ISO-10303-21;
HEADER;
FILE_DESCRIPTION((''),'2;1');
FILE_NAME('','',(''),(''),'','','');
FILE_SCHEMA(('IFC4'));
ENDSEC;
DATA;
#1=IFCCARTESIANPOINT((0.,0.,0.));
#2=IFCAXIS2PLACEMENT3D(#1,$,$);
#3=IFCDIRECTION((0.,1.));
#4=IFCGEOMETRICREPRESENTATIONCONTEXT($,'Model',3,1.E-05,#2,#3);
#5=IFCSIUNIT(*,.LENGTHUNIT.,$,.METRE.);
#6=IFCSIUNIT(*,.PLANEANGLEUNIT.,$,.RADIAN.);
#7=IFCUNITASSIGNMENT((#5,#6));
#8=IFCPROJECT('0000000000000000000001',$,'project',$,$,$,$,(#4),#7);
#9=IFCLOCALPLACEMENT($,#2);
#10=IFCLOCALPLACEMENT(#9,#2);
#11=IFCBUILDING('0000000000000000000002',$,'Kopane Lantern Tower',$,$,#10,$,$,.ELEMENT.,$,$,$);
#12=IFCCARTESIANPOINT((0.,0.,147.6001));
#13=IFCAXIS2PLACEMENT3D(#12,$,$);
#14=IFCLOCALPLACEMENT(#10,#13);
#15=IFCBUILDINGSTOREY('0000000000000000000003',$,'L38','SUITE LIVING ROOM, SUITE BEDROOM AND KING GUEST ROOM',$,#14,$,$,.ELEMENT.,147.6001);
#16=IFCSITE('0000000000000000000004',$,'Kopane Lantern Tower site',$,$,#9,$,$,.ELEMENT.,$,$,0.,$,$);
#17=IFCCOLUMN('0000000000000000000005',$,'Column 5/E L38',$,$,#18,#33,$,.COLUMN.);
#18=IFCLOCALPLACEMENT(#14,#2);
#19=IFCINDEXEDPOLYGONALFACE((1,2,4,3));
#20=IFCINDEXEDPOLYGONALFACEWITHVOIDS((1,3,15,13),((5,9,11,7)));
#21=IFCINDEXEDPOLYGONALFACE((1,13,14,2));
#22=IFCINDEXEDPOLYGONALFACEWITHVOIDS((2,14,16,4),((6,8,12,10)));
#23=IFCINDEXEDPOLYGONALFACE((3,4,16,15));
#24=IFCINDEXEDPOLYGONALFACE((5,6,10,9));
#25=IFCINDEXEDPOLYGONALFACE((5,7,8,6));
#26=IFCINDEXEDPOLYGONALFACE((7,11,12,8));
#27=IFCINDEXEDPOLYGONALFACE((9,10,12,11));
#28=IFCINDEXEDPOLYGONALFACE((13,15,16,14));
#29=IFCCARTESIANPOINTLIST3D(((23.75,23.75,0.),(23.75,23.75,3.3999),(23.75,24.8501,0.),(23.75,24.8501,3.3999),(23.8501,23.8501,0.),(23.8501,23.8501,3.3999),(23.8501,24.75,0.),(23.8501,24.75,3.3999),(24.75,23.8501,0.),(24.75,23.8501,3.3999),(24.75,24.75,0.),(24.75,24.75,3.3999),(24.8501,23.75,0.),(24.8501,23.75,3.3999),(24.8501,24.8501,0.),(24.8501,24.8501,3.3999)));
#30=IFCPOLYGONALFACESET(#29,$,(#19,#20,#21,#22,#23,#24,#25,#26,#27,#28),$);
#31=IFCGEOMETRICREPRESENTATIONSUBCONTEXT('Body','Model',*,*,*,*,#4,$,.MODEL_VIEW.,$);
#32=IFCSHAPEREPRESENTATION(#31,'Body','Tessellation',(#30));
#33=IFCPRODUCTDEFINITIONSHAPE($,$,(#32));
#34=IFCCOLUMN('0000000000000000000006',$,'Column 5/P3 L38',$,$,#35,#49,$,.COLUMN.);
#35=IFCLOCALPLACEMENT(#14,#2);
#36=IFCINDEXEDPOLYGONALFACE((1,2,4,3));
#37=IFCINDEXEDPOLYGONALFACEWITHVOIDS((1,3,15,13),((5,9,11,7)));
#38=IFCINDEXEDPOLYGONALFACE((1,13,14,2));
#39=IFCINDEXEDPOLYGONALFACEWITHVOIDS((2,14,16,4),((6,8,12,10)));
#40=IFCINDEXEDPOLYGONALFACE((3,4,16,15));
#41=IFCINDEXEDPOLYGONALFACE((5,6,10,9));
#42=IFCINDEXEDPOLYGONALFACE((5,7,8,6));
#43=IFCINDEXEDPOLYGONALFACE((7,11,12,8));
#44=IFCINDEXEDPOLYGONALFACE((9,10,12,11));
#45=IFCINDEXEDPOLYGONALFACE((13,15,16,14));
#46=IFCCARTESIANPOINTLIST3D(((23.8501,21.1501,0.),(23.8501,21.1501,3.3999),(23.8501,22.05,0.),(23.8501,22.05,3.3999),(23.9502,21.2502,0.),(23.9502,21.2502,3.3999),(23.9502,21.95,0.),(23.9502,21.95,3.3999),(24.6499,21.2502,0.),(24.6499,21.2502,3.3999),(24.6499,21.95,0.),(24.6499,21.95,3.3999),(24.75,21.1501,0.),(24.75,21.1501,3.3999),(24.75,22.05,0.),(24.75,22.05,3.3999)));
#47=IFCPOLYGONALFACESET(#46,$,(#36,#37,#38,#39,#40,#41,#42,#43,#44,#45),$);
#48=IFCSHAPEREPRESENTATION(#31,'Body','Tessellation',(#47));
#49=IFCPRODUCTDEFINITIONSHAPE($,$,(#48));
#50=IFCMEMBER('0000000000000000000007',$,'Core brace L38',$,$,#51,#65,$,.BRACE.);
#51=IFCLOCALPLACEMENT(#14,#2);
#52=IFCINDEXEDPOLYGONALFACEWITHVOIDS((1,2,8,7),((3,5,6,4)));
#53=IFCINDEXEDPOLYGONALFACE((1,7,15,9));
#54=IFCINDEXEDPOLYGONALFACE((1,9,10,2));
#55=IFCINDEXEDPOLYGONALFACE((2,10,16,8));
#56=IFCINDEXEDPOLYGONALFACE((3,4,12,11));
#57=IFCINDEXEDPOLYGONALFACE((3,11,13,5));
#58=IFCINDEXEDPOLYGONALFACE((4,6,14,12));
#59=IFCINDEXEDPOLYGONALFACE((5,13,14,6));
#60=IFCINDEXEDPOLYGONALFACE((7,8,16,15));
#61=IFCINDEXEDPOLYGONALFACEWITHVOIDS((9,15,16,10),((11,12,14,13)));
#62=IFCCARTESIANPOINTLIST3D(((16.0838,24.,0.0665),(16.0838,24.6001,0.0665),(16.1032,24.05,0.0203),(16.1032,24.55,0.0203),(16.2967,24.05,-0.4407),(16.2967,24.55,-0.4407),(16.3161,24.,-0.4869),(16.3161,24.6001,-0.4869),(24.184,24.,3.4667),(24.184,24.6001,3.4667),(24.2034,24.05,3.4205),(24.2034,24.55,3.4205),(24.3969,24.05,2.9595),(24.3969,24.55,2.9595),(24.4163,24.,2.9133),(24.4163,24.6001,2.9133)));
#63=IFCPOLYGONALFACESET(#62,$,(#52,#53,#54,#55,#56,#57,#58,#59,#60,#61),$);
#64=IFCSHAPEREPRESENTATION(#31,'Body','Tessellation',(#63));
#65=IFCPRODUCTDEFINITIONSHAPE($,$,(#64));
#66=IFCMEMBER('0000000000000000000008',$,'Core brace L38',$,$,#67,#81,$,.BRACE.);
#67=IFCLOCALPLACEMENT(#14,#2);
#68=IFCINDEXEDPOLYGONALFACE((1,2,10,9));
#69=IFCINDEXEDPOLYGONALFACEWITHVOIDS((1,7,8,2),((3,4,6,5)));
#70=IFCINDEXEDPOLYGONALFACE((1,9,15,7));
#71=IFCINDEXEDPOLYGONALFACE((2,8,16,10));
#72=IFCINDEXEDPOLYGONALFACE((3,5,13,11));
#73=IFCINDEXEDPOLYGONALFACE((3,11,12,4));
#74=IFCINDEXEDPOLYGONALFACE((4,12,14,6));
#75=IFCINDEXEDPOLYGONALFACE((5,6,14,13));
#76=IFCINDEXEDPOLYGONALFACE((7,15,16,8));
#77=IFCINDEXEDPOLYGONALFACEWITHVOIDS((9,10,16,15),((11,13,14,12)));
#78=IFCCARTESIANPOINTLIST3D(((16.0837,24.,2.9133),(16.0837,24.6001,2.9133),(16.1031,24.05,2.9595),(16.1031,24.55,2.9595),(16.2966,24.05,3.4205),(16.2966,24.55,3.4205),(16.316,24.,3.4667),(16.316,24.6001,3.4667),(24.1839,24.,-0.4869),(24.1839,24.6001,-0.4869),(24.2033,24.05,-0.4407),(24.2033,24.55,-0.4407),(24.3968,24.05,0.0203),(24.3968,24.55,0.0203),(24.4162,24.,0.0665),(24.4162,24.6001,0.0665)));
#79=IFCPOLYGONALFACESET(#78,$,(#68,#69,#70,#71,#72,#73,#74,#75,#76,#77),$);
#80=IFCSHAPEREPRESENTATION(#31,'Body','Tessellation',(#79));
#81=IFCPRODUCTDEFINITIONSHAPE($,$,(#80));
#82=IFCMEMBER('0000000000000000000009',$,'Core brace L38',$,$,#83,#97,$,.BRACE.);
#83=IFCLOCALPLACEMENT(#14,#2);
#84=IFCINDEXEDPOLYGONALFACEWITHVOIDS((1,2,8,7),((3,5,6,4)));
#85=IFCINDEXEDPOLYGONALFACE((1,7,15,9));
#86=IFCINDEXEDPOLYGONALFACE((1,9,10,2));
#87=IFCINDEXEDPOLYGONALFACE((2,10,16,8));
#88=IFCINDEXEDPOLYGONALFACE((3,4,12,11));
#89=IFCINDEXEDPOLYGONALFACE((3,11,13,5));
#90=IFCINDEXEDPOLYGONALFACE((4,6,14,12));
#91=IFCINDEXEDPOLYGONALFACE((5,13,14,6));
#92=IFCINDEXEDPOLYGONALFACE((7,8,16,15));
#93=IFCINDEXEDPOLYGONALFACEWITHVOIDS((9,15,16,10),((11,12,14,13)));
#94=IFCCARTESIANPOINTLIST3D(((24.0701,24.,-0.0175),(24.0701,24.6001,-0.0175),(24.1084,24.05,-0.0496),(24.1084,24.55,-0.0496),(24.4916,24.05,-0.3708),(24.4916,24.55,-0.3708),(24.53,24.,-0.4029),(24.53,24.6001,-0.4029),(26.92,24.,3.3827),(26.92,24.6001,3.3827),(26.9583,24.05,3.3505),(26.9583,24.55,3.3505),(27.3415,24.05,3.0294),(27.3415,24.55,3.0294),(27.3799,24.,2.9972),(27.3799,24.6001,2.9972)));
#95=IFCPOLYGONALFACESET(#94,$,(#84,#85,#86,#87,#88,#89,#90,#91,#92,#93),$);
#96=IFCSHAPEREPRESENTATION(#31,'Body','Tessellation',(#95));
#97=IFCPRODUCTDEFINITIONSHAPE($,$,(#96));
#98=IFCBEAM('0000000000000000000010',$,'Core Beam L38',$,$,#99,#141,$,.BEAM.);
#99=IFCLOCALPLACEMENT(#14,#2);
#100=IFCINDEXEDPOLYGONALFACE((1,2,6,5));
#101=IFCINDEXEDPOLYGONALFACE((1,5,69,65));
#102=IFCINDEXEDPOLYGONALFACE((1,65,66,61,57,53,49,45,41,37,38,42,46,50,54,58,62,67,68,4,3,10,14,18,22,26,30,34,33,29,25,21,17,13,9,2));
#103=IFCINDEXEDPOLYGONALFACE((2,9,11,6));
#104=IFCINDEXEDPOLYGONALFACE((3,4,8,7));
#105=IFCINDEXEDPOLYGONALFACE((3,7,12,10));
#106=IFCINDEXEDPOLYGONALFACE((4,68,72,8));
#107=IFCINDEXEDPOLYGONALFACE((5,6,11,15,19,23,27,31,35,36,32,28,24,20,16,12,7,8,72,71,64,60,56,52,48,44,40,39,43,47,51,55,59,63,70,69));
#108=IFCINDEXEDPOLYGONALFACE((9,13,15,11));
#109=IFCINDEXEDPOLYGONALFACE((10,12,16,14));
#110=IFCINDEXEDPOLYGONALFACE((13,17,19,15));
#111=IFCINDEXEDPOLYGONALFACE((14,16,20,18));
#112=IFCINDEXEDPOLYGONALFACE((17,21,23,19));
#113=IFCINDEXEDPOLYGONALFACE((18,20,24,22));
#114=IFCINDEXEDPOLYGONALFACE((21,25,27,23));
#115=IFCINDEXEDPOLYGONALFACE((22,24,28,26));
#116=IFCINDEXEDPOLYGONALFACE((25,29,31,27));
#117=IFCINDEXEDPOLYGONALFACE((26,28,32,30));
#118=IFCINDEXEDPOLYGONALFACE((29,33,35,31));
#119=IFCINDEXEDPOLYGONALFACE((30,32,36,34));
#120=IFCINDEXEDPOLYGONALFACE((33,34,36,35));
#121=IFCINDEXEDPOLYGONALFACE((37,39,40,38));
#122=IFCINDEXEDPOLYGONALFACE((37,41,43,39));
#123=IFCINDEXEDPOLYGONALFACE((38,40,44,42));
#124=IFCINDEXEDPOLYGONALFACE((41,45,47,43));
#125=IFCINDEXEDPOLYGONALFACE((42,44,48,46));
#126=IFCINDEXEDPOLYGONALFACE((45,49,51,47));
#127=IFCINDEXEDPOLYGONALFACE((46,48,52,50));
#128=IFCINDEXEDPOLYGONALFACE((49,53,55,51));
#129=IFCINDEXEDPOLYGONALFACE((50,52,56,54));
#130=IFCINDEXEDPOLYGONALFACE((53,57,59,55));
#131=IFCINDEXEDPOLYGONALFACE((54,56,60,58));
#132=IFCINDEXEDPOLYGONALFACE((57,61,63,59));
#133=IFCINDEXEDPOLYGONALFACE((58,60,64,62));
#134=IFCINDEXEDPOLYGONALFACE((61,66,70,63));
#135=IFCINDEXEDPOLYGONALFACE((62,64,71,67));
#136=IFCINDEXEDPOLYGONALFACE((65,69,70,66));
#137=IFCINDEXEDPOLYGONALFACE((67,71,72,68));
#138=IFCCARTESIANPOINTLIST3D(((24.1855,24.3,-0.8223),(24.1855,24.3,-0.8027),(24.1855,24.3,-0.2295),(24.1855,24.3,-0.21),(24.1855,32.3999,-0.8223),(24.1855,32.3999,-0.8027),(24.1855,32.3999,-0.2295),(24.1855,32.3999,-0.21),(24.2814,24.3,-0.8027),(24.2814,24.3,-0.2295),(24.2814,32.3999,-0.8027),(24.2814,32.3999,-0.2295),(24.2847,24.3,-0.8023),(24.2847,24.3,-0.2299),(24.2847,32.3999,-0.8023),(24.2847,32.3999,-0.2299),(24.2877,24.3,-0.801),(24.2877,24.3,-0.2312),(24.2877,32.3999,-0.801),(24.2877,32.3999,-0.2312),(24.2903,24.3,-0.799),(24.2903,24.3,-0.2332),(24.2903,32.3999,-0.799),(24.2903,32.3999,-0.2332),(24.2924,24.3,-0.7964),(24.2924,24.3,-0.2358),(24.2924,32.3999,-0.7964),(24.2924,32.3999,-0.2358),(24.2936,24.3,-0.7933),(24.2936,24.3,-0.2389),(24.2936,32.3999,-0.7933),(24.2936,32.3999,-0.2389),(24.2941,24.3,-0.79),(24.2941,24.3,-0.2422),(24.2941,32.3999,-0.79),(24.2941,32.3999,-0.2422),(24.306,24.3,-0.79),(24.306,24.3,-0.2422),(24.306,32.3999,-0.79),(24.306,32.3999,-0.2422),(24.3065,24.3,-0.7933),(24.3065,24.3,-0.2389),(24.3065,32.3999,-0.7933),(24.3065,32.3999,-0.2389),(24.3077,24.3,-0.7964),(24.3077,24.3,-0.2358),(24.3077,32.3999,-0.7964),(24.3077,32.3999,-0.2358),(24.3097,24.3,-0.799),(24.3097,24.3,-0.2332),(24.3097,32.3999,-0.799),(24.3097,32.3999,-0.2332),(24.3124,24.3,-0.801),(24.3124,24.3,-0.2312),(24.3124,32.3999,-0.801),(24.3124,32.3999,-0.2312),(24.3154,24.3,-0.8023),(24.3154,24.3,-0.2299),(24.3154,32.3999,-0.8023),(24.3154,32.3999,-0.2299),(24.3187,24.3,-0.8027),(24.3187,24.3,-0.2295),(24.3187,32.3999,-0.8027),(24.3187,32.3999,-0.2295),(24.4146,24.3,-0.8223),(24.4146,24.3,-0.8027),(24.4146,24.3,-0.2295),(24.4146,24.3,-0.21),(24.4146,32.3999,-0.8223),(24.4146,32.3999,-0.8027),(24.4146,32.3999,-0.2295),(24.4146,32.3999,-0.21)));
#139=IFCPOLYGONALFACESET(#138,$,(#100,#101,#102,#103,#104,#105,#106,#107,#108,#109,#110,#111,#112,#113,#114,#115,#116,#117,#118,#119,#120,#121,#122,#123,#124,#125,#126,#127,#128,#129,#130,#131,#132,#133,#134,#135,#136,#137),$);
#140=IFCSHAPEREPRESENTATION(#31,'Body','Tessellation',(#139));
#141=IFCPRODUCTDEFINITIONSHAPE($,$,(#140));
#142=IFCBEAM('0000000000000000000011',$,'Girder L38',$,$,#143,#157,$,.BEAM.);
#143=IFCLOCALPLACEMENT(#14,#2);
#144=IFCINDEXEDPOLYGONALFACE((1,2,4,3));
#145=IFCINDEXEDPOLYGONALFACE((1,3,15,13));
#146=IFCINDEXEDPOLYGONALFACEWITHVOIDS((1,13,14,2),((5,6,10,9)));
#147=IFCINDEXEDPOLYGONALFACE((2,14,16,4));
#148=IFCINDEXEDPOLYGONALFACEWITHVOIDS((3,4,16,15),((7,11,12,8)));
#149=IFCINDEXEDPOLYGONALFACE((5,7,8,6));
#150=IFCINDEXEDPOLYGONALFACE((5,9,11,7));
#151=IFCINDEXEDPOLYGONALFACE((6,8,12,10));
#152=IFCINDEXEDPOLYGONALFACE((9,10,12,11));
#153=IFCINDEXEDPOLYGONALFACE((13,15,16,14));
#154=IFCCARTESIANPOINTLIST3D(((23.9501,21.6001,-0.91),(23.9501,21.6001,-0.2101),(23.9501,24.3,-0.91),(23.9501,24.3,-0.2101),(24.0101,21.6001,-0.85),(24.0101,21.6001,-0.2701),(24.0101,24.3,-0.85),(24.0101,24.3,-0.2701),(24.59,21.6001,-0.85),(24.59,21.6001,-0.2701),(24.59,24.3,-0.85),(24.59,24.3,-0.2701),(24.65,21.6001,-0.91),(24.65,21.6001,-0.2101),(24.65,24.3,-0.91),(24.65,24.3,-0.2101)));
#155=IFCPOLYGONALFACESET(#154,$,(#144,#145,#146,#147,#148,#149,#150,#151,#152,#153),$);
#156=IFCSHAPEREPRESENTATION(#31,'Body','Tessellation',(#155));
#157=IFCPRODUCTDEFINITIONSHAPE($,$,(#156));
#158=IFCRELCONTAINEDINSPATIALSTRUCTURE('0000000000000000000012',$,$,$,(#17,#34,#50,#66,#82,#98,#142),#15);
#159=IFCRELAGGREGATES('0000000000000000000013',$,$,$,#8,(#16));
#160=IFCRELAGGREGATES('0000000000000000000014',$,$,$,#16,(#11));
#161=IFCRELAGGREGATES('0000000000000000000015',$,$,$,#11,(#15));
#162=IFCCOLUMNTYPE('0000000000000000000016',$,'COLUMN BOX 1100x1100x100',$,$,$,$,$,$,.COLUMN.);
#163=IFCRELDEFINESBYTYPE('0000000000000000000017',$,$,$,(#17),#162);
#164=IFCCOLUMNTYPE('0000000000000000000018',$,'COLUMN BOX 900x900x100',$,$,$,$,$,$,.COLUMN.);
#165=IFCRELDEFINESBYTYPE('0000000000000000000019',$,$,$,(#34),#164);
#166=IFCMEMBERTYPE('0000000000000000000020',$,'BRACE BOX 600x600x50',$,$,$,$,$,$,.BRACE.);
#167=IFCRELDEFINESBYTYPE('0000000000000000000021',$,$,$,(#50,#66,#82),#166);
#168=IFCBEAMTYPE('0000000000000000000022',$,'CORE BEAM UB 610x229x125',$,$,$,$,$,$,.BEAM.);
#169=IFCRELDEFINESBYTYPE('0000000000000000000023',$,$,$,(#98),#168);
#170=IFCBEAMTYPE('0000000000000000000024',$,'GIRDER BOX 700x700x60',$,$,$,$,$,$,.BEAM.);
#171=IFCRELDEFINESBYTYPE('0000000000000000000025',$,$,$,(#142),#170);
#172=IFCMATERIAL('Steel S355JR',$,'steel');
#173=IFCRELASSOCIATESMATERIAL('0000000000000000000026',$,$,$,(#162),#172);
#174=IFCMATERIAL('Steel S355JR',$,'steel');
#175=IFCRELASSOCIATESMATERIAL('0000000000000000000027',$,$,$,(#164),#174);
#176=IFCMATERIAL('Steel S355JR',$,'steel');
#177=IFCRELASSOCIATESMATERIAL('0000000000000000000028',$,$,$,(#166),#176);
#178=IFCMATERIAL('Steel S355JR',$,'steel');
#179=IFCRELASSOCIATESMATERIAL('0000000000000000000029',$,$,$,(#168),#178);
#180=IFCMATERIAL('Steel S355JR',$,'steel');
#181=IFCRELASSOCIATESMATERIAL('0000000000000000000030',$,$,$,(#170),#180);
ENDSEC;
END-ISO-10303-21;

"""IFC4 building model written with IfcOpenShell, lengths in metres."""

from ifc_helpers import new_model, si_unit, direction, frame, origin, origin_2d, place, context, subcontext, project, spatial, hollow_rectangle, i_section, extrude, material, material_profile, profile_set, type_object, element, save


model = new_model("IFC4")

# Units and contexts
model_context = context("Model", 3, precision=1e-05, world=origin(), true_north=direction((0.0, 1.0)))
body_context = subcontext(model_context, "Body", "Model", "MODEL_VIEW")
ifc_project = project(units=[si_unit("LENGTHUNIT", "METRE"), si_unit("PLANEANGLEUNIT", "RADIAN")], contexts=[model_context])

# Site, building, storey
site_placement = place(None, origin())
site = spatial("IfcSite", under=ifc_project, at=site_placement, Name="Kopane Lantern Tower site", CompositionType="ELEMENT", RefElevation=0.0)
building_placement = place(site_placement, origin())
building = spatial("IfcBuilding", under=site, at=building_placement, Name="Kopane Lantern Tower", CompositionType="ELEMENT")
storey_placement = place(building_placement, frame((0.0, 0.0, 147.6001)))
storey = spatial("IfcBuildingStorey", under=building, at=storey_placement, Name="L38", Description="SUITE LIVING ROOM, SUITE BEDROOM AND KING GUEST ROOM", CompositionType="ELEMENT", Elevation=147.6001)

# Columns
ifc_material_1 = material(Name="Steel S355JR", Category="steel")
ifc_material_profile_1 = material_profile(ifc_material_1, hollow_rectangle(XDim=1.1001, YDim=1.1001, WallThickness=0.1001, at=origin_2d()), Name="BOX 1100x1100x100")
ifc_profile_set_1 = profile_set([ifc_material_profile_1], Name="Steel S355JR")
column_type_1 = type_object("IfcColumnType", Name="COLUMN BOX 1100x1100x100", PredefinedType="COLUMN", material=ifc_profile_set_1)
column_1_placement = place(storey_placement, frame((24.3, 24.3, 0.0), z_axis=(0.0, 0.0, 1.0), x_axis=(1.0, 0.0, 0.0)))
element("IfcColumn", 1, at=column_1_placement, inside=storey, type_object=column_type_1, Name="Column 5/E L38", PredefinedType="COLUMN", context=body_context, shape_type="SweptSolid", body=[
    extrude(hollow_rectangle(XDim=1.1001, YDim=1.1001, WallThickness=0.1001, at=origin_2d()), origin(), (0.0, 0.0, 1.0), 3.3999),
])
ifc_material_2 = material(Name="Steel S355JR", Category="steel")
ifc_material_profile_2 = material_profile(ifc_material_2, hollow_rectangle(XDim=0.8999, YDim=0.8999, WallThickness=0.1001, at=origin_2d()), Name="BOX 900x900x100")
ifc_profile_set_2 = profile_set([ifc_material_profile_2], Name="Steel S355JR")
column_type_2 = type_object("IfcColumnType", Name="COLUMN BOX 900x900x100", PredefinedType="COLUMN", material=ifc_profile_set_2)
column_2_placement = place(storey_placement, frame((24.3, 21.6001, 0.0), z_axis=(0.0, 0.0, 1.0), x_axis=(1.0, 0.0, 0.0)))
element("IfcColumn", 2, at=column_2_placement, inside=storey, type_object=column_type_2, Name="Column 5/P3 L38", PredefinedType="COLUMN", context=body_context, shape_type="SweptSolid", body=[
    extrude(hollow_rectangle(XDim=0.8999, YDim=0.8999, WallThickness=0.1001, at=origin_2d()), origin(), (0.0, 0.0, 1.0), 3.3999),
])

# Members
ifc_material_3 = material(Name="Steel S355JR", Category="steel")
ifc_material_profile_3 = material_profile(ifc_material_3, hollow_rectangle(XDim=0.6001, YDim=0.6001, WallThickness=0.05, at=origin_2d()), Name="BOX 600x600x50")
ifc_profile_set_3 = profile_set([ifc_material_profile_3], Name="Steel S355JR")
member_type = type_object("IfcMemberType", Name="BRACE BOX 600x600x50", PredefinedType="BRACE", material=ifc_profile_set_3)
for number, where, z_axis, x_axis, name in (
    (3, (16.2, 24.3, -0.2102), (0.922059, 0.0, 0.387049), (0.0, 1.0, 0.0), "Core brace L38"),
    (4, (24.3, 24.3, -0.2102), (-0.922059, 0.0, 0.387049), (0.0, -1.0, 0.0), "Core brace L38"),
):
    element("IfcMember", number, at=place(storey_placement, frame(where, z_axis=z_axis, x_axis=x_axis)), inside=storey, type_object=member_type, Name=name, PredefinedType="BRACE", context=body_context, shape_type="SweptSolid", body=[
        extrude(hollow_rectangle(XDim=0.6001, YDim=0.6001, WallThickness=0.05, at=origin_2d()), origin(), (0.0, 0.0, 1.0), 8.7849),
    ])
member_placement = place(storey_placement, frame((24.3, 24.3, -0.2102), z_axis=(0.642363, 0.0, 0.7664), x_axis=(0.0, 1.0, 0.0)))
element("IfcMember", 5, at=member_placement, inside=storey, type_object=member_type, Name="Core brace L38", PredefinedType="BRACE", context=body_context, shape_type="SweptSolid", body=[
    extrude(hollow_rectangle(XDim=0.6001, YDim=0.6001, WallThickness=0.05, at=origin_2d()), origin(), (0.0, 0.0, 1.0), 4.4365),
])

# Beams
ifc_material_4 = material(Name="Steel S355JR", Category="steel")
ifc_material_profile_4 = material_profile(ifc_material_4, i_section(OverallWidth=0.229, OverallDepth=0.6123, WebThickness=0.012, FlangeThickness=0.0195, FilletRadius=0.0127, at=origin_2d()), Name="UB 610x229x125")
ifc_profile_set_4 = profile_set([ifc_material_profile_4], Name="Steel S355JR")
beam_type_1 = type_object("IfcBeamType", Name="CORE BEAM UB 610x229x125", PredefinedType="BEAM", material=ifc_profile_set_4)
beam_1_placement = place(storey_placement, frame((24.3, 24.3, -0.5161), z_axis=(0.0, 1.0, 0.0), x_axis=(-1.0, 0.0, 0.0)))
element("IfcBeam", 6, at=beam_1_placement, inside=storey, type_object=beam_type_1, Name="Core Beam L38", PredefinedType="BEAM", context=body_context, shape_type="SweptSolid", body=[
    extrude(i_section(OverallWidth=0.229, OverallDepth=0.6123, WebThickness=0.012, FlangeThickness=0.0195, FilletRadius=0.0127, at=origin_2d()), origin(), (0.0, 0.0, 1.0), 8.0999),
])
ifc_material_5 = material(Name="Steel S355JR", Category="steel")
ifc_material_profile_5 = material_profile(ifc_material_5, hollow_rectangle(XDim=0.7, YDim=0.7, WallThickness=0.0601, at=origin_2d()), Name="BOX 700x700x60")
ifc_profile_set_5 = profile_set([ifc_material_profile_5], Name="Steel S355JR")
beam_type_2 = type_object("IfcBeamType", Name="GIRDER BOX 700x700x60", PredefinedType="BEAM", material=ifc_profile_set_5)
beam_2_placement = place(storey_placement, frame((24.3, 21.6001, -0.5601), z_axis=(0.0, 1.0, 0.0), x_axis=(-1.0, 0.0, 0.0)))
element("IfcBeam", 7, at=beam_2_placement, inside=storey, type_object=beam_type_2, Name="Girder L38", PredefinedType="BEAM", context=body_context, shape_type="SweptSolid", body=[
    extrude(hollow_rectangle(XDim=0.7, YDim=0.7, WallThickness=0.0601, at=origin_2d()), origin(), (0.0, 0.0, 1.0), 2.7),
])

save(model, "model.ifc")
